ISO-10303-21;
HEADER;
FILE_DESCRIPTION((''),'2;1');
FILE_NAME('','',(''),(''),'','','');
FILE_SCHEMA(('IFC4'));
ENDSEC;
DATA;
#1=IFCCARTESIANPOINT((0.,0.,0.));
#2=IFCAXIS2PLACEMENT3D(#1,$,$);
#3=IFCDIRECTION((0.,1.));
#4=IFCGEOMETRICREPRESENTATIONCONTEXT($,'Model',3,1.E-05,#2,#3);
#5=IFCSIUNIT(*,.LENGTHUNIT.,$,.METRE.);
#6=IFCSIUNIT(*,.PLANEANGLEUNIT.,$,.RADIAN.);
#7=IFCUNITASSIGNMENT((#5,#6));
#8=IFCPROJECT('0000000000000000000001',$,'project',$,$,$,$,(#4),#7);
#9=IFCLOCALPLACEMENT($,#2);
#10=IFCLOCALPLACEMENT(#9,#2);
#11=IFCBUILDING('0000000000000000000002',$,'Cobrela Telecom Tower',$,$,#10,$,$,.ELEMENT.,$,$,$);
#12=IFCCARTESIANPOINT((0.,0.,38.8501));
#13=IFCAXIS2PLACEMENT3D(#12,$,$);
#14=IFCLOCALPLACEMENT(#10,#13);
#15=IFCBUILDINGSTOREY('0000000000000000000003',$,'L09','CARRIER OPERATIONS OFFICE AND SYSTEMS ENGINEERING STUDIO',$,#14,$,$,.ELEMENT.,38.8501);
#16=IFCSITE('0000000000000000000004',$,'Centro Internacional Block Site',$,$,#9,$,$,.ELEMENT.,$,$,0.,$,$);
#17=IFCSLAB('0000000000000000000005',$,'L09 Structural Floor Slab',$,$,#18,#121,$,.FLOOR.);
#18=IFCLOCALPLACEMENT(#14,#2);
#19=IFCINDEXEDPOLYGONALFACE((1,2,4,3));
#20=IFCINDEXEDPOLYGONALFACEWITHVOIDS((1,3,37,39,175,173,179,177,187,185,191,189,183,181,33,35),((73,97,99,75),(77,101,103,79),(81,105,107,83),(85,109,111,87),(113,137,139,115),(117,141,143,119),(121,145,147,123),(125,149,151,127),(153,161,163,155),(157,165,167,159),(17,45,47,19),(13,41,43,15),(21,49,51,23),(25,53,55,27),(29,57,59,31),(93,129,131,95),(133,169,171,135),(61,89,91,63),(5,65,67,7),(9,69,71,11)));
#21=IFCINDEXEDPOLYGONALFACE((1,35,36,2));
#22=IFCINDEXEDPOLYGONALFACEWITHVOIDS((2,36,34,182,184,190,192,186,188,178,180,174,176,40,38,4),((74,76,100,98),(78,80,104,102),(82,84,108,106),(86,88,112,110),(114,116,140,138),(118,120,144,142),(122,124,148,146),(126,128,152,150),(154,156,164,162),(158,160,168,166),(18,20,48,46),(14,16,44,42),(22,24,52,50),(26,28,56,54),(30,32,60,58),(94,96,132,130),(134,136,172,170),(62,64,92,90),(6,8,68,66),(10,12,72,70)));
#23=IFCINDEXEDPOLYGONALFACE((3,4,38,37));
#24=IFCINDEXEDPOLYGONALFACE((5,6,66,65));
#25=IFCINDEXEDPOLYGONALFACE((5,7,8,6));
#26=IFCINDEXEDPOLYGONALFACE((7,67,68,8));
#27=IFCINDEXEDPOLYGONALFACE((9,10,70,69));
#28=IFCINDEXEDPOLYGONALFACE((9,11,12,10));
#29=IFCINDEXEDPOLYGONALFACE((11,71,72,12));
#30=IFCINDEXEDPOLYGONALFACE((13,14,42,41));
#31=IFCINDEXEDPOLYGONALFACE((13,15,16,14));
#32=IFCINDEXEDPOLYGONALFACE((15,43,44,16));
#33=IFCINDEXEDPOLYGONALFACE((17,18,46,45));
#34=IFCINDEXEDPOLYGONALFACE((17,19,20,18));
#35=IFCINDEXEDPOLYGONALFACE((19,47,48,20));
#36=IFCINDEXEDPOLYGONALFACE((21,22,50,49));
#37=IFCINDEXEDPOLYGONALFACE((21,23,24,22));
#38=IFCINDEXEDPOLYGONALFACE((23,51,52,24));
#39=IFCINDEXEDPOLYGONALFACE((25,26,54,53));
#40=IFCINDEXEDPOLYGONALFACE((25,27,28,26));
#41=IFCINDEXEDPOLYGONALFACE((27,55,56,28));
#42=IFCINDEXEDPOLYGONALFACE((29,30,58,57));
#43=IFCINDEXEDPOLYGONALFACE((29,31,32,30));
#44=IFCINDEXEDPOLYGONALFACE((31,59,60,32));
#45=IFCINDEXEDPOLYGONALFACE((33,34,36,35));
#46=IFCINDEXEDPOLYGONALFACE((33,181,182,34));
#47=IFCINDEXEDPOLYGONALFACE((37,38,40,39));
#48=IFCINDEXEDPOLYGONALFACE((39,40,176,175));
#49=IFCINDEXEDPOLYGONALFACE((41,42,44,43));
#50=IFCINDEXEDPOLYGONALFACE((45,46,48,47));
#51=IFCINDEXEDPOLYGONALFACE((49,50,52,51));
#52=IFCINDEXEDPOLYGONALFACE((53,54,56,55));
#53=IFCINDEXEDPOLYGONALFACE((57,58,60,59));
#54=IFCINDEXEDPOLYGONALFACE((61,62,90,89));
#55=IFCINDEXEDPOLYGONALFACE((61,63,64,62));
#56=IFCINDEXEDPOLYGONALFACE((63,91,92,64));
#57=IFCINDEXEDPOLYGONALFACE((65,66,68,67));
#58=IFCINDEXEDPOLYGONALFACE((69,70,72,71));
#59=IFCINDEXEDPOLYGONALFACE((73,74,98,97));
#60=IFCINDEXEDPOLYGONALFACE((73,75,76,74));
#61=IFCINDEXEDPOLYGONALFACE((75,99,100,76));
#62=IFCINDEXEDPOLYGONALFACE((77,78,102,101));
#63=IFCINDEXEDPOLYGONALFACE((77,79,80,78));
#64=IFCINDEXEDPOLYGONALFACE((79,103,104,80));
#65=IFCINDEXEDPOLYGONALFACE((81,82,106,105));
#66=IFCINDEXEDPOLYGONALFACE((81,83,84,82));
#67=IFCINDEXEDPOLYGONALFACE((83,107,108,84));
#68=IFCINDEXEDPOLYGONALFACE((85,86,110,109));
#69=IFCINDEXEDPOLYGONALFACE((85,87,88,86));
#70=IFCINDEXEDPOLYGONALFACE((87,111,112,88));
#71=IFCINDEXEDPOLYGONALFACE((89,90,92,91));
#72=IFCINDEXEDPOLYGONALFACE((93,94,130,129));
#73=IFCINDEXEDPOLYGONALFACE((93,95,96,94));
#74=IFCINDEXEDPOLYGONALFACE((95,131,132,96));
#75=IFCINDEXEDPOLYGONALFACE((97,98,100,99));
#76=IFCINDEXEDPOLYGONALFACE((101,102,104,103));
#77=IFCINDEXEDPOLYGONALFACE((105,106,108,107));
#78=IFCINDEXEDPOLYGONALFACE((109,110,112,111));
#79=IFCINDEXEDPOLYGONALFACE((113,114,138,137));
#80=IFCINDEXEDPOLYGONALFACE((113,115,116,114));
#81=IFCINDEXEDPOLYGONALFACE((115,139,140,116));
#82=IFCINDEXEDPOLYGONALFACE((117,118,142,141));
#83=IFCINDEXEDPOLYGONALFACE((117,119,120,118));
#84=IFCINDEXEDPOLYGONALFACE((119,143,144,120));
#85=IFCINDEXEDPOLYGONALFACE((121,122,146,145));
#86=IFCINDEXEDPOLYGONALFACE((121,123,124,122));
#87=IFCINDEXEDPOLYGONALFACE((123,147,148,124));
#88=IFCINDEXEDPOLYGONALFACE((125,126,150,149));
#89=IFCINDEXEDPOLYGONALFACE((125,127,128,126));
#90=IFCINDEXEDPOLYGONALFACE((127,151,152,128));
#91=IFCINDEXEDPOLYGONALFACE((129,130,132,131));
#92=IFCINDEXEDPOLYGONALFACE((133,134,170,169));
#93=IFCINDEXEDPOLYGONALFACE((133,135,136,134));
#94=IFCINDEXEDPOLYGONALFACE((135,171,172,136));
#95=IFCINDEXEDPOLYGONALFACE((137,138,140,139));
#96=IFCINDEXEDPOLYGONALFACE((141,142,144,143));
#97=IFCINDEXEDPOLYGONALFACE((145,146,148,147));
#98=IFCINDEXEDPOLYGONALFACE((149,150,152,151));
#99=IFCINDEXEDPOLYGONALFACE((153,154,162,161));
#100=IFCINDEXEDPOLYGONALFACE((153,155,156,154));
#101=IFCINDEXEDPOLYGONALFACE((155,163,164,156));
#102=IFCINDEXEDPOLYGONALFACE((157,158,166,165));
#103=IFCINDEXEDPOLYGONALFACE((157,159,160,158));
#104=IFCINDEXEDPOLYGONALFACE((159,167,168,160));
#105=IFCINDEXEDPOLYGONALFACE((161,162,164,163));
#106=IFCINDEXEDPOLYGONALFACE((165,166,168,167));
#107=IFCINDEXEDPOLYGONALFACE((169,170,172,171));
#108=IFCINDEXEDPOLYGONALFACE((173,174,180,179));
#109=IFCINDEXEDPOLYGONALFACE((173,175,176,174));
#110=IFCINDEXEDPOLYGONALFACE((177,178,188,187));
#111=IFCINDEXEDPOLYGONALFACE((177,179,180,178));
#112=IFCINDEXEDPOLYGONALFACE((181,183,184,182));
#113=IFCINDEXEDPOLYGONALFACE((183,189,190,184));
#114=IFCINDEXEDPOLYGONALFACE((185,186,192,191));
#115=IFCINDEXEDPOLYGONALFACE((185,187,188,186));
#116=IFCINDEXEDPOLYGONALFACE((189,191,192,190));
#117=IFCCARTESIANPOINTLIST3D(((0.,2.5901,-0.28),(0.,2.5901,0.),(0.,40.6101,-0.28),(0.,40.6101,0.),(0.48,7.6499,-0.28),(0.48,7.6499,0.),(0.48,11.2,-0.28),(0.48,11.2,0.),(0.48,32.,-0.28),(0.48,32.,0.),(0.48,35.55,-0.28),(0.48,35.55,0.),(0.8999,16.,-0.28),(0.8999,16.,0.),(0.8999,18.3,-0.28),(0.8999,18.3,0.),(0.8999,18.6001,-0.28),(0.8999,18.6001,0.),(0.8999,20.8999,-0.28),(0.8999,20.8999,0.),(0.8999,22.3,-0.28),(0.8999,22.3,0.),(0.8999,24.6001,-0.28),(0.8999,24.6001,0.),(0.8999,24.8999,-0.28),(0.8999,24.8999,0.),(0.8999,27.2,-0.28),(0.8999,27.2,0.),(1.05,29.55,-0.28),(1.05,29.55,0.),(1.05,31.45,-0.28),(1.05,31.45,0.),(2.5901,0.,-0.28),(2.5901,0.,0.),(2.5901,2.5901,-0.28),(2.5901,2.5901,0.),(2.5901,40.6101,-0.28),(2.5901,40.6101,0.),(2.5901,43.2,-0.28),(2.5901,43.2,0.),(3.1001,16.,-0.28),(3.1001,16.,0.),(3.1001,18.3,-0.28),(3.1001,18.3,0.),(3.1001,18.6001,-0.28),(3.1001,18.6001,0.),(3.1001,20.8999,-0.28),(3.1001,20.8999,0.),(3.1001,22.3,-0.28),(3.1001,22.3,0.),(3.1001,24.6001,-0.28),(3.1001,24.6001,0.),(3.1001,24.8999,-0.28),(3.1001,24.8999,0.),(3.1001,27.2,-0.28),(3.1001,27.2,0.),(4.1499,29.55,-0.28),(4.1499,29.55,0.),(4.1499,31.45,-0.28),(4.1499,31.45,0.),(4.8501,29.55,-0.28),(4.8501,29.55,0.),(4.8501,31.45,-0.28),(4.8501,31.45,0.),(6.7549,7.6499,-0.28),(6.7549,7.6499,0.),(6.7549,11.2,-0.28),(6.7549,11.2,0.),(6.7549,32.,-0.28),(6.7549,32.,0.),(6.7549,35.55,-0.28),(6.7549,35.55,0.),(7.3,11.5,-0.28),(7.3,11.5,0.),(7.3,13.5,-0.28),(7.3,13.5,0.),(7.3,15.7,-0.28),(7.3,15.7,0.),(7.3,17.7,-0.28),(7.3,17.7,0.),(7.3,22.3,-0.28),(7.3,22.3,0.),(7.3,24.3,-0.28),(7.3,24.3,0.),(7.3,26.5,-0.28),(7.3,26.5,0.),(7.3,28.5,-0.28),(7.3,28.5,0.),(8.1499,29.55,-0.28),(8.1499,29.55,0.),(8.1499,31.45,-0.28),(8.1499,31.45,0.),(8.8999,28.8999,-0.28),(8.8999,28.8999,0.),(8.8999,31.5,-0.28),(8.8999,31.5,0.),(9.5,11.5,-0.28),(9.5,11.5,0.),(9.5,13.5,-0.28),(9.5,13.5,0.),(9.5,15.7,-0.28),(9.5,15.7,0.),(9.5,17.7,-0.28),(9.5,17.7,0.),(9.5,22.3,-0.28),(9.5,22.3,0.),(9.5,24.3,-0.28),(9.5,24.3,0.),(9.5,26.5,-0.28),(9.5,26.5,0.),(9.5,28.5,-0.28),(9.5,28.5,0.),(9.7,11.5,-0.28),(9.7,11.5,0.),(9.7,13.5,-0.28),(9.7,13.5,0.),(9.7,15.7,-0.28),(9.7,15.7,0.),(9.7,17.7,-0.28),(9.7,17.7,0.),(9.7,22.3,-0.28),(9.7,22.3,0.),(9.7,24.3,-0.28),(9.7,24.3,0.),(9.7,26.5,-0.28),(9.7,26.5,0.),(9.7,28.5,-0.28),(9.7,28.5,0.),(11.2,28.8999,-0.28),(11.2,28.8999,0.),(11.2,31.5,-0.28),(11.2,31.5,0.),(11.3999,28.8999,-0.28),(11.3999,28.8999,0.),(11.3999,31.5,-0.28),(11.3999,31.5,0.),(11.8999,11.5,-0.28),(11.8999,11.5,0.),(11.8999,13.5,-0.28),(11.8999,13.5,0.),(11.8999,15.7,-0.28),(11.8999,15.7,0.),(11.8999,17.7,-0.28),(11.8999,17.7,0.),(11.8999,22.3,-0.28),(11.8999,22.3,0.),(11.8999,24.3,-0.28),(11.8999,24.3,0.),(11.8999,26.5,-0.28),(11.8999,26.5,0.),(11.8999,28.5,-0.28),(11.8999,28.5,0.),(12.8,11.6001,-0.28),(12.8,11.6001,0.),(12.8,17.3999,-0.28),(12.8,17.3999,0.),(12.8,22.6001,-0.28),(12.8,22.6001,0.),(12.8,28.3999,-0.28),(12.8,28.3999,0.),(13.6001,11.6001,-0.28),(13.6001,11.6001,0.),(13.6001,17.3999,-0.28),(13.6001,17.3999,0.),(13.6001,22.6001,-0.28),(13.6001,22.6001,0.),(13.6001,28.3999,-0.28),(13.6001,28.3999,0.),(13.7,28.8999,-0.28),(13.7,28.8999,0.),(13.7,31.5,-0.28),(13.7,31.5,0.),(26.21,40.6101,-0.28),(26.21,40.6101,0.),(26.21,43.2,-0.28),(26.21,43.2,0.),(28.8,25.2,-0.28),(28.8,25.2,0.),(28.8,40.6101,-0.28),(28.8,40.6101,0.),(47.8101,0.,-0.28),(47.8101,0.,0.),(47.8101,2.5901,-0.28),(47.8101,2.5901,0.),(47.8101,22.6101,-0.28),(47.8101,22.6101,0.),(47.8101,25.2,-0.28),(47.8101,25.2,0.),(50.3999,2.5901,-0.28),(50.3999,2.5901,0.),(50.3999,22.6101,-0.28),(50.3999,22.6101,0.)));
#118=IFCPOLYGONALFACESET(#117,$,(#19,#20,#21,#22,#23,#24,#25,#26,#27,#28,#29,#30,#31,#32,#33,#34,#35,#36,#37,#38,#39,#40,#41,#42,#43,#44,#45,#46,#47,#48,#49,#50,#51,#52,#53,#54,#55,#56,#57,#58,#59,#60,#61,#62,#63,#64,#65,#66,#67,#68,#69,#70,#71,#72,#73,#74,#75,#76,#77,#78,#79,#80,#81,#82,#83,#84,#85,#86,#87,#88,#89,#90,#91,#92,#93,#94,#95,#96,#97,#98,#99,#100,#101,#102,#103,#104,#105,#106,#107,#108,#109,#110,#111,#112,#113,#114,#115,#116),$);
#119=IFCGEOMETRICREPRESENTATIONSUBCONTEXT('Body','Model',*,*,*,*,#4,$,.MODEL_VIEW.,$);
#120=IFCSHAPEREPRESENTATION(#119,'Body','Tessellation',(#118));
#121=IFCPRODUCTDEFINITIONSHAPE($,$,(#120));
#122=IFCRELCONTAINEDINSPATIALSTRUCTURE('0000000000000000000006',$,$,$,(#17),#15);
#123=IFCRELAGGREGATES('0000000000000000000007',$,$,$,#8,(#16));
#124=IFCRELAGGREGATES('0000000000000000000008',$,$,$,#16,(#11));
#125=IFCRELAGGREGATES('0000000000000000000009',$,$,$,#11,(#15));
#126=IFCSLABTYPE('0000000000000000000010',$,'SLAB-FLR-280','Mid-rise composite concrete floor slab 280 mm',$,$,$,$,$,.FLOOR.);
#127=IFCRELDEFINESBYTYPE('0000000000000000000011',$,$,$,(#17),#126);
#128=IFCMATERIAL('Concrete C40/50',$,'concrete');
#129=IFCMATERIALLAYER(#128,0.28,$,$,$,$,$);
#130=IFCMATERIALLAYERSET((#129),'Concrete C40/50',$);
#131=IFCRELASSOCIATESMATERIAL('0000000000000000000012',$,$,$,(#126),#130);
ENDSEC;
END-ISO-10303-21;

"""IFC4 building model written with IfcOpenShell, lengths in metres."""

from ifc_helpers import new_model, si_unit, direction, frame, origin, place, context, subcontext, project, spatial, polyline, outline, extrude, material, layer, layer_set, type_object, element, save


model = new_model("IFC4")

# Units and contexts
model_context = context("Model", 3, precision=1e-05, world=origin(), true_north=direction((0.0, 1.0)))
body_context = subcontext(model_context, "Body", "Model", "MODEL_VIEW")
ifc_project = project(units=[si_unit("LENGTHUNIT", "METRE"), si_unit("PLANEANGLEUNIT", "RADIAN")], contexts=[model_context])

# Site, building, storey
site_placement = place(None, origin())
site = spatial("IfcSite", under=ifc_project, at=site_placement, Name="Centro Internacional Block Site", CompositionType="ELEMENT", RefElevation=0.0)
building_placement = place(site_placement, origin())
building = spatial("IfcBuilding", under=site, at=building_placement, Name="Cobrela Telecom Tower", CompositionType="ELEMENT")
storey_placement = place(building_placement, frame((0.0, 0.0, 38.8501)))
storey = spatial("IfcBuildingStorey", under=building, at=storey_placement, Name="L09", Description="CARRIER OPERATIONS OFFICE AND SYSTEMS ENGINEERING STUDIO", CompositionType="ELEMENT", Elevation=38.8501)

# Slab, openings
ifc_material_1 = material(Name="Concrete C40/50", Category="concrete")
ifc_layer_1 = layer(ifc_material_1, 0.28)
ifc_layer_set_1 = layer_set([ifc_layer_1], Name="Concrete C40/50")
slab_type_1 = type_object("IfcSlabType", Name="SLAB-FLR-280", Description="Mid-rise composite concrete floor slab 280 mm", PredefinedType="FLOOR", material=ifc_layer_set_1)
slab_1_placement = place(storey_placement, frame((0.0, 0.0, -0.28)))
slab_1 = element("IfcSlab", 1, at=slab_1_placement, inside=storey, type_object=slab_type_1, Name="L09 Structural Floor Slab", PredefinedType="FLOOR", context=body_context, shape_type="SweptSolid", body=[
    extrude(outline(polyline([(2.5901, 0.0), (47.8101, 0.0), (47.8101, 2.5901), (50.3999, 2.5901), (50.3999, 22.6101), (47.8101, 22.6101), (47.8101, 25.2), (28.8, 25.2), (28.8, 40.6101), (26.21, 40.6101), (26.21, 43.2), (2.5901, 43.2), (2.5901, 40.6101), (0.0, 40.6101), (0.0, 2.5901), (2.5901, 2.5901), (2.5901, 0.0)])), origin(), (0.0, 0.0, 1.0), 0.28),
])
opening_1_placement = place(slab_1_placement, frame((0.0, 0.0, -0.02)))
element("IfcOpeningElement", 2, at=opening_1_placement, cuts=slab_1, PredefinedType="OPENING", context=body_context, shape_type="SweptSolid", body=[
    extrude(outline(polyline([(8.8999, 28.8999), (11.2, 28.8999), (11.2, 31.5), (8.8999, 31.5), (8.8999, 28.8999)])), origin(), (0.0, 0.0, 1.0), 0.3201),
])
opening_2_placement = place(slab_1_placement, frame((0.0, 0.0, -0.02)))
element("IfcOpeningElement", 3, at=opening_2_placement, cuts=slab_1, PredefinedType="OPENING", context=body_context, shape_type="SweptSolid", body=[
    extrude(outline(polyline([(11.3999, 28.8999), (13.7, 28.8999), (13.7, 31.5), (11.3999, 31.5), (11.3999, 28.8999)])), origin(), (0.0, 0.0, 1.0), 0.3201),
])
opening_3_placement = place(slab_1_placement, frame((0.0, 0.0, -0.02)))
element("IfcOpeningElement", 4, at=opening_3_placement, cuts=slab_1, PredefinedType="OPENING", context=body_context, shape_type="SweptSolid", body=[
    extrude(outline(polyline([(7.3, 22.3), (9.5, 22.3), (9.5, 24.3), (7.3, 24.3), (7.3, 22.3)])), origin(), (0.0, 0.0, 1.0), 0.3201),
])
opening_4_placement = place(slab_1_placement, frame((0.0, 0.0, -0.02)))
element("IfcOpeningElement", 5, at=opening_4_placement, cuts=slab_1, PredefinedType="OPENING", context=body_context, shape_type="SweptSolid", body=[
    extrude(outline(polyline([(9.7, 22.3), (11.8999, 22.3), (11.8999, 24.3), (9.7, 24.3), (9.7, 22.3)])), origin(), (0.0, 0.0, 1.0), 0.3201),
])
opening_5_placement = place(slab_1_placement, frame((0.0, 0.0, -0.02)))
element("IfcOpeningElement", 6, at=opening_5_placement, cuts=slab_1, PredefinedType="OPENING", context=body_context, shape_type="SweptSolid", body=[
    extrude(outline(polyline([(7.3, 26.5), (9.5, 26.5), (9.5, 28.5), (7.3, 28.5), (7.3, 26.5)])), origin(), (0.0, 0.0, 1.0), 0.3201),
])
opening_6_placement = place(slab_1_placement, frame((0.0, 0.0, -0.02)))
element("IfcOpeningElement", 7, at=opening_6_placement, cuts=slab_1, PredefinedType="OPENING", context=body_context, shape_type="SweptSolid", body=[
    extrude(outline(polyline([(9.7, 26.5), (11.8999, 26.5), (11.8999, 28.5), (9.7, 28.5), (9.7, 26.5)])), origin(), (0.0, 0.0, 1.0), 0.3201),
])
opening_7_placement = place(slab_1_placement, frame((0.0, 0.0, -0.02)))
element("IfcOpeningElement", 8, at=opening_7_placement, cuts=slab_1, PredefinedType="OPENING", context=body_context, shape_type="SweptSolid", body=[
    extrude(outline(polyline([(7.3, 15.7), (9.5, 15.7), (9.5, 17.7), (7.3, 17.7), (7.3, 15.7)])), origin(), (0.0, 0.0, 1.0), 0.3201),
])
opening_8_placement = place(slab_1_placement, frame((0.0, 0.0, -0.02)))
element("IfcOpeningElement", 9, at=opening_8_placement, cuts=slab_1, PredefinedType="OPENING", context=body_context, shape_type="SweptSolid", body=[
    extrude(outline(polyline([(9.7, 15.7), (11.8999, 15.7), (11.8999, 17.7), (9.7, 17.7), (9.7, 15.7)])), origin(), (0.0, 0.0, 1.0), 0.3201),
])
opening_9_placement = place(slab_1_placement, frame((0.0, 0.0, -0.02)))
element("IfcOpeningElement", 10, at=opening_9_placement, cuts=slab_1, PredefinedType="OPENING", context=body_context, shape_type="SweptSolid", body=[
    extrude(outline(polyline([(7.3, 11.5), (9.5, 11.5), (9.5, 13.5), (7.3, 13.5), (7.3, 11.5)])), origin(), (0.0, 0.0, 1.0), 0.3201),
])
opening_10_placement = place(slab_1_placement, frame((0.0, 0.0, -0.02)))
element("IfcOpeningElement", 11, at=opening_10_placement, cuts=slab_1, PredefinedType="OPENING", context=body_context, shape_type="SweptSolid", body=[
    extrude(outline(polyline([(9.7, 11.5), (11.8999, 11.5), (11.8999, 13.5), (9.7, 13.5), (9.7, 11.5)])), origin(), (0.0, 0.0, 1.0), 0.3201),
])
opening_11_placement = place(slab_1_placement, frame((0.0, 0.0, -0.02)))
element("IfcOpeningElement", 12, at=opening_11_placement, cuts=slab_1, PredefinedType="OPENING", context=body_context, shape_type="SweptSolid", body=[
    extrude(outline(polyline([(0.8999, 16.0), (3.1001, 16.0), (3.1001, 18.3), (0.8999, 18.3), (0.8999, 16.0)])), origin(), (0.0, 0.0, 1.0), 0.3201),
])
opening_12_placement = place(slab_1_placement, frame((0.0, 0.0, -0.02)))
element("IfcOpeningElement", 13, at=opening_12_placement, cuts=slab_1, PredefinedType="OPENING", context=body_context, shape_type="SweptSolid", body=[
    extrude(outline(polyline([(0.8999, 18.6001), (3.1001, 18.6001), (3.1001, 20.8999), (0.8999, 20.8999), (0.8999, 18.6001)])), origin(), (0.0, 0.0, 1.0), 0.3201),
])
opening_13_placement = place(slab_1_placement, frame((0.0, 0.0, -0.02)))
element("IfcOpeningElement", 14, at=opening_13_placement, cuts=slab_1, PredefinedType="OPENING", context=body_context, shape_type="SweptSolid", body=[
    extrude(outline(polyline([(0.8999, 22.3), (3.1001, 22.3), (3.1001, 24.6001), (0.8999, 24.6001), (0.8999, 22.3)])), origin(), (0.0, 0.0, 1.0), 0.3201),
])
opening_14_placement = place(slab_1_placement, frame((0.0, 0.0, -0.02)))
element("IfcOpeningElement", 15, at=opening_14_placement, cuts=slab_1, PredefinedType="OPENING", context=body_context, shape_type="SweptSolid", body=[
    extrude(outline(polyline([(0.8999, 24.8999), (3.1001, 24.8999), (3.1001, 27.2), (0.8999, 27.2), (0.8999, 24.8999)])), origin(), (0.0, 0.0, 1.0), 0.3201),
])
opening_15_placement = place(slab_1_placement, frame((0.0, 0.0, -0.02)))
element("IfcOpeningElement", 16, at=opening_15_placement, cuts=slab_1, PredefinedType="OPENING", context=body_context, shape_type="SweptSolid", body=[
    extrude(outline(polyline([(1.05, 29.55), (4.1499, 29.55), (4.1499, 31.45), (1.05, 31.45), (1.05, 29.55)])), origin(), (0.0, 0.0, 1.0), 0.3201),
])
opening_16_placement = place(slab_1_placement, frame((0.0, 0.0, -0.02)))
element("IfcOpeningElement", 17, at=opening_16_placement, cuts=slab_1, PredefinedType="OPENING", context=body_context, shape_type="SweptSolid", body=[
    extrude(outline(polyline([(4.8501, 29.55), (8.1499, 29.55), (8.1499, 31.45), (4.8501, 31.45), (4.8501, 29.55)])), origin(), (0.0, 0.0, 1.0), 0.3201),
])
opening_17_placement = place(slab_1_placement, frame((0.0, 0.0, -0.02)))
element("IfcOpeningElement", 18, at=opening_17_placement, cuts=slab_1, PredefinedType="OPENING", context=body_context, shape_type="SweptSolid", body=[
    extrude(outline(polyline([(12.8, 22.6001), (13.6001, 22.6001), (13.6001, 28.3999), (12.8, 28.3999), (12.8, 22.6001)])), origin(), (0.0, 0.0, 1.0), 0.3201),
])
opening_18_placement = place(slab_1_placement, frame((0.0, 0.0, -0.02)))
element("IfcOpeningElement", 19, at=opening_18_placement, cuts=slab_1, PredefinedType="OPENING", context=body_context, shape_type="SweptSolid", body=[
    extrude(outline(polyline([(12.8, 11.6001), (13.6001, 11.6001), (13.6001, 17.3999), (12.8, 17.3999), (12.8, 11.6001)])), origin(), (0.0, 0.0, 1.0), 0.3201),
])
opening_19_placement = place(slab_1_placement, frame((0.0, 0.0, -0.02)))
element("IfcOpeningElement", 20, at=opening_19_placement, cuts=slab_1, PredefinedType="OPENING", context=body_context, shape_type="SweptSolid", body=[
    extrude(outline(polyline([(6.7549, 35.55), (0.48, 35.55), (0.48, 32.0), (6.7549, 32.0), (6.7549, 35.55)])), origin(), (0.0, 0.0, 1.0), 0.3201),
])
opening_20_placement = place(slab_1_placement, frame((0.0, 0.0, -0.02)))
element("IfcOpeningElement", 21, at=opening_20_placement, cuts=slab_1, PredefinedType="OPENING", context=body_context, shape_type="SweptSolid", body=[
    extrude(outline(polyline([(6.7549, 11.2), (0.48, 11.2), (0.48, 7.6499), (6.7549, 7.6499), (6.7549, 11.2)])), origin(), (0.0, 0.0, 1.0), 0.3201),
])

save(model, "model.ifc")
